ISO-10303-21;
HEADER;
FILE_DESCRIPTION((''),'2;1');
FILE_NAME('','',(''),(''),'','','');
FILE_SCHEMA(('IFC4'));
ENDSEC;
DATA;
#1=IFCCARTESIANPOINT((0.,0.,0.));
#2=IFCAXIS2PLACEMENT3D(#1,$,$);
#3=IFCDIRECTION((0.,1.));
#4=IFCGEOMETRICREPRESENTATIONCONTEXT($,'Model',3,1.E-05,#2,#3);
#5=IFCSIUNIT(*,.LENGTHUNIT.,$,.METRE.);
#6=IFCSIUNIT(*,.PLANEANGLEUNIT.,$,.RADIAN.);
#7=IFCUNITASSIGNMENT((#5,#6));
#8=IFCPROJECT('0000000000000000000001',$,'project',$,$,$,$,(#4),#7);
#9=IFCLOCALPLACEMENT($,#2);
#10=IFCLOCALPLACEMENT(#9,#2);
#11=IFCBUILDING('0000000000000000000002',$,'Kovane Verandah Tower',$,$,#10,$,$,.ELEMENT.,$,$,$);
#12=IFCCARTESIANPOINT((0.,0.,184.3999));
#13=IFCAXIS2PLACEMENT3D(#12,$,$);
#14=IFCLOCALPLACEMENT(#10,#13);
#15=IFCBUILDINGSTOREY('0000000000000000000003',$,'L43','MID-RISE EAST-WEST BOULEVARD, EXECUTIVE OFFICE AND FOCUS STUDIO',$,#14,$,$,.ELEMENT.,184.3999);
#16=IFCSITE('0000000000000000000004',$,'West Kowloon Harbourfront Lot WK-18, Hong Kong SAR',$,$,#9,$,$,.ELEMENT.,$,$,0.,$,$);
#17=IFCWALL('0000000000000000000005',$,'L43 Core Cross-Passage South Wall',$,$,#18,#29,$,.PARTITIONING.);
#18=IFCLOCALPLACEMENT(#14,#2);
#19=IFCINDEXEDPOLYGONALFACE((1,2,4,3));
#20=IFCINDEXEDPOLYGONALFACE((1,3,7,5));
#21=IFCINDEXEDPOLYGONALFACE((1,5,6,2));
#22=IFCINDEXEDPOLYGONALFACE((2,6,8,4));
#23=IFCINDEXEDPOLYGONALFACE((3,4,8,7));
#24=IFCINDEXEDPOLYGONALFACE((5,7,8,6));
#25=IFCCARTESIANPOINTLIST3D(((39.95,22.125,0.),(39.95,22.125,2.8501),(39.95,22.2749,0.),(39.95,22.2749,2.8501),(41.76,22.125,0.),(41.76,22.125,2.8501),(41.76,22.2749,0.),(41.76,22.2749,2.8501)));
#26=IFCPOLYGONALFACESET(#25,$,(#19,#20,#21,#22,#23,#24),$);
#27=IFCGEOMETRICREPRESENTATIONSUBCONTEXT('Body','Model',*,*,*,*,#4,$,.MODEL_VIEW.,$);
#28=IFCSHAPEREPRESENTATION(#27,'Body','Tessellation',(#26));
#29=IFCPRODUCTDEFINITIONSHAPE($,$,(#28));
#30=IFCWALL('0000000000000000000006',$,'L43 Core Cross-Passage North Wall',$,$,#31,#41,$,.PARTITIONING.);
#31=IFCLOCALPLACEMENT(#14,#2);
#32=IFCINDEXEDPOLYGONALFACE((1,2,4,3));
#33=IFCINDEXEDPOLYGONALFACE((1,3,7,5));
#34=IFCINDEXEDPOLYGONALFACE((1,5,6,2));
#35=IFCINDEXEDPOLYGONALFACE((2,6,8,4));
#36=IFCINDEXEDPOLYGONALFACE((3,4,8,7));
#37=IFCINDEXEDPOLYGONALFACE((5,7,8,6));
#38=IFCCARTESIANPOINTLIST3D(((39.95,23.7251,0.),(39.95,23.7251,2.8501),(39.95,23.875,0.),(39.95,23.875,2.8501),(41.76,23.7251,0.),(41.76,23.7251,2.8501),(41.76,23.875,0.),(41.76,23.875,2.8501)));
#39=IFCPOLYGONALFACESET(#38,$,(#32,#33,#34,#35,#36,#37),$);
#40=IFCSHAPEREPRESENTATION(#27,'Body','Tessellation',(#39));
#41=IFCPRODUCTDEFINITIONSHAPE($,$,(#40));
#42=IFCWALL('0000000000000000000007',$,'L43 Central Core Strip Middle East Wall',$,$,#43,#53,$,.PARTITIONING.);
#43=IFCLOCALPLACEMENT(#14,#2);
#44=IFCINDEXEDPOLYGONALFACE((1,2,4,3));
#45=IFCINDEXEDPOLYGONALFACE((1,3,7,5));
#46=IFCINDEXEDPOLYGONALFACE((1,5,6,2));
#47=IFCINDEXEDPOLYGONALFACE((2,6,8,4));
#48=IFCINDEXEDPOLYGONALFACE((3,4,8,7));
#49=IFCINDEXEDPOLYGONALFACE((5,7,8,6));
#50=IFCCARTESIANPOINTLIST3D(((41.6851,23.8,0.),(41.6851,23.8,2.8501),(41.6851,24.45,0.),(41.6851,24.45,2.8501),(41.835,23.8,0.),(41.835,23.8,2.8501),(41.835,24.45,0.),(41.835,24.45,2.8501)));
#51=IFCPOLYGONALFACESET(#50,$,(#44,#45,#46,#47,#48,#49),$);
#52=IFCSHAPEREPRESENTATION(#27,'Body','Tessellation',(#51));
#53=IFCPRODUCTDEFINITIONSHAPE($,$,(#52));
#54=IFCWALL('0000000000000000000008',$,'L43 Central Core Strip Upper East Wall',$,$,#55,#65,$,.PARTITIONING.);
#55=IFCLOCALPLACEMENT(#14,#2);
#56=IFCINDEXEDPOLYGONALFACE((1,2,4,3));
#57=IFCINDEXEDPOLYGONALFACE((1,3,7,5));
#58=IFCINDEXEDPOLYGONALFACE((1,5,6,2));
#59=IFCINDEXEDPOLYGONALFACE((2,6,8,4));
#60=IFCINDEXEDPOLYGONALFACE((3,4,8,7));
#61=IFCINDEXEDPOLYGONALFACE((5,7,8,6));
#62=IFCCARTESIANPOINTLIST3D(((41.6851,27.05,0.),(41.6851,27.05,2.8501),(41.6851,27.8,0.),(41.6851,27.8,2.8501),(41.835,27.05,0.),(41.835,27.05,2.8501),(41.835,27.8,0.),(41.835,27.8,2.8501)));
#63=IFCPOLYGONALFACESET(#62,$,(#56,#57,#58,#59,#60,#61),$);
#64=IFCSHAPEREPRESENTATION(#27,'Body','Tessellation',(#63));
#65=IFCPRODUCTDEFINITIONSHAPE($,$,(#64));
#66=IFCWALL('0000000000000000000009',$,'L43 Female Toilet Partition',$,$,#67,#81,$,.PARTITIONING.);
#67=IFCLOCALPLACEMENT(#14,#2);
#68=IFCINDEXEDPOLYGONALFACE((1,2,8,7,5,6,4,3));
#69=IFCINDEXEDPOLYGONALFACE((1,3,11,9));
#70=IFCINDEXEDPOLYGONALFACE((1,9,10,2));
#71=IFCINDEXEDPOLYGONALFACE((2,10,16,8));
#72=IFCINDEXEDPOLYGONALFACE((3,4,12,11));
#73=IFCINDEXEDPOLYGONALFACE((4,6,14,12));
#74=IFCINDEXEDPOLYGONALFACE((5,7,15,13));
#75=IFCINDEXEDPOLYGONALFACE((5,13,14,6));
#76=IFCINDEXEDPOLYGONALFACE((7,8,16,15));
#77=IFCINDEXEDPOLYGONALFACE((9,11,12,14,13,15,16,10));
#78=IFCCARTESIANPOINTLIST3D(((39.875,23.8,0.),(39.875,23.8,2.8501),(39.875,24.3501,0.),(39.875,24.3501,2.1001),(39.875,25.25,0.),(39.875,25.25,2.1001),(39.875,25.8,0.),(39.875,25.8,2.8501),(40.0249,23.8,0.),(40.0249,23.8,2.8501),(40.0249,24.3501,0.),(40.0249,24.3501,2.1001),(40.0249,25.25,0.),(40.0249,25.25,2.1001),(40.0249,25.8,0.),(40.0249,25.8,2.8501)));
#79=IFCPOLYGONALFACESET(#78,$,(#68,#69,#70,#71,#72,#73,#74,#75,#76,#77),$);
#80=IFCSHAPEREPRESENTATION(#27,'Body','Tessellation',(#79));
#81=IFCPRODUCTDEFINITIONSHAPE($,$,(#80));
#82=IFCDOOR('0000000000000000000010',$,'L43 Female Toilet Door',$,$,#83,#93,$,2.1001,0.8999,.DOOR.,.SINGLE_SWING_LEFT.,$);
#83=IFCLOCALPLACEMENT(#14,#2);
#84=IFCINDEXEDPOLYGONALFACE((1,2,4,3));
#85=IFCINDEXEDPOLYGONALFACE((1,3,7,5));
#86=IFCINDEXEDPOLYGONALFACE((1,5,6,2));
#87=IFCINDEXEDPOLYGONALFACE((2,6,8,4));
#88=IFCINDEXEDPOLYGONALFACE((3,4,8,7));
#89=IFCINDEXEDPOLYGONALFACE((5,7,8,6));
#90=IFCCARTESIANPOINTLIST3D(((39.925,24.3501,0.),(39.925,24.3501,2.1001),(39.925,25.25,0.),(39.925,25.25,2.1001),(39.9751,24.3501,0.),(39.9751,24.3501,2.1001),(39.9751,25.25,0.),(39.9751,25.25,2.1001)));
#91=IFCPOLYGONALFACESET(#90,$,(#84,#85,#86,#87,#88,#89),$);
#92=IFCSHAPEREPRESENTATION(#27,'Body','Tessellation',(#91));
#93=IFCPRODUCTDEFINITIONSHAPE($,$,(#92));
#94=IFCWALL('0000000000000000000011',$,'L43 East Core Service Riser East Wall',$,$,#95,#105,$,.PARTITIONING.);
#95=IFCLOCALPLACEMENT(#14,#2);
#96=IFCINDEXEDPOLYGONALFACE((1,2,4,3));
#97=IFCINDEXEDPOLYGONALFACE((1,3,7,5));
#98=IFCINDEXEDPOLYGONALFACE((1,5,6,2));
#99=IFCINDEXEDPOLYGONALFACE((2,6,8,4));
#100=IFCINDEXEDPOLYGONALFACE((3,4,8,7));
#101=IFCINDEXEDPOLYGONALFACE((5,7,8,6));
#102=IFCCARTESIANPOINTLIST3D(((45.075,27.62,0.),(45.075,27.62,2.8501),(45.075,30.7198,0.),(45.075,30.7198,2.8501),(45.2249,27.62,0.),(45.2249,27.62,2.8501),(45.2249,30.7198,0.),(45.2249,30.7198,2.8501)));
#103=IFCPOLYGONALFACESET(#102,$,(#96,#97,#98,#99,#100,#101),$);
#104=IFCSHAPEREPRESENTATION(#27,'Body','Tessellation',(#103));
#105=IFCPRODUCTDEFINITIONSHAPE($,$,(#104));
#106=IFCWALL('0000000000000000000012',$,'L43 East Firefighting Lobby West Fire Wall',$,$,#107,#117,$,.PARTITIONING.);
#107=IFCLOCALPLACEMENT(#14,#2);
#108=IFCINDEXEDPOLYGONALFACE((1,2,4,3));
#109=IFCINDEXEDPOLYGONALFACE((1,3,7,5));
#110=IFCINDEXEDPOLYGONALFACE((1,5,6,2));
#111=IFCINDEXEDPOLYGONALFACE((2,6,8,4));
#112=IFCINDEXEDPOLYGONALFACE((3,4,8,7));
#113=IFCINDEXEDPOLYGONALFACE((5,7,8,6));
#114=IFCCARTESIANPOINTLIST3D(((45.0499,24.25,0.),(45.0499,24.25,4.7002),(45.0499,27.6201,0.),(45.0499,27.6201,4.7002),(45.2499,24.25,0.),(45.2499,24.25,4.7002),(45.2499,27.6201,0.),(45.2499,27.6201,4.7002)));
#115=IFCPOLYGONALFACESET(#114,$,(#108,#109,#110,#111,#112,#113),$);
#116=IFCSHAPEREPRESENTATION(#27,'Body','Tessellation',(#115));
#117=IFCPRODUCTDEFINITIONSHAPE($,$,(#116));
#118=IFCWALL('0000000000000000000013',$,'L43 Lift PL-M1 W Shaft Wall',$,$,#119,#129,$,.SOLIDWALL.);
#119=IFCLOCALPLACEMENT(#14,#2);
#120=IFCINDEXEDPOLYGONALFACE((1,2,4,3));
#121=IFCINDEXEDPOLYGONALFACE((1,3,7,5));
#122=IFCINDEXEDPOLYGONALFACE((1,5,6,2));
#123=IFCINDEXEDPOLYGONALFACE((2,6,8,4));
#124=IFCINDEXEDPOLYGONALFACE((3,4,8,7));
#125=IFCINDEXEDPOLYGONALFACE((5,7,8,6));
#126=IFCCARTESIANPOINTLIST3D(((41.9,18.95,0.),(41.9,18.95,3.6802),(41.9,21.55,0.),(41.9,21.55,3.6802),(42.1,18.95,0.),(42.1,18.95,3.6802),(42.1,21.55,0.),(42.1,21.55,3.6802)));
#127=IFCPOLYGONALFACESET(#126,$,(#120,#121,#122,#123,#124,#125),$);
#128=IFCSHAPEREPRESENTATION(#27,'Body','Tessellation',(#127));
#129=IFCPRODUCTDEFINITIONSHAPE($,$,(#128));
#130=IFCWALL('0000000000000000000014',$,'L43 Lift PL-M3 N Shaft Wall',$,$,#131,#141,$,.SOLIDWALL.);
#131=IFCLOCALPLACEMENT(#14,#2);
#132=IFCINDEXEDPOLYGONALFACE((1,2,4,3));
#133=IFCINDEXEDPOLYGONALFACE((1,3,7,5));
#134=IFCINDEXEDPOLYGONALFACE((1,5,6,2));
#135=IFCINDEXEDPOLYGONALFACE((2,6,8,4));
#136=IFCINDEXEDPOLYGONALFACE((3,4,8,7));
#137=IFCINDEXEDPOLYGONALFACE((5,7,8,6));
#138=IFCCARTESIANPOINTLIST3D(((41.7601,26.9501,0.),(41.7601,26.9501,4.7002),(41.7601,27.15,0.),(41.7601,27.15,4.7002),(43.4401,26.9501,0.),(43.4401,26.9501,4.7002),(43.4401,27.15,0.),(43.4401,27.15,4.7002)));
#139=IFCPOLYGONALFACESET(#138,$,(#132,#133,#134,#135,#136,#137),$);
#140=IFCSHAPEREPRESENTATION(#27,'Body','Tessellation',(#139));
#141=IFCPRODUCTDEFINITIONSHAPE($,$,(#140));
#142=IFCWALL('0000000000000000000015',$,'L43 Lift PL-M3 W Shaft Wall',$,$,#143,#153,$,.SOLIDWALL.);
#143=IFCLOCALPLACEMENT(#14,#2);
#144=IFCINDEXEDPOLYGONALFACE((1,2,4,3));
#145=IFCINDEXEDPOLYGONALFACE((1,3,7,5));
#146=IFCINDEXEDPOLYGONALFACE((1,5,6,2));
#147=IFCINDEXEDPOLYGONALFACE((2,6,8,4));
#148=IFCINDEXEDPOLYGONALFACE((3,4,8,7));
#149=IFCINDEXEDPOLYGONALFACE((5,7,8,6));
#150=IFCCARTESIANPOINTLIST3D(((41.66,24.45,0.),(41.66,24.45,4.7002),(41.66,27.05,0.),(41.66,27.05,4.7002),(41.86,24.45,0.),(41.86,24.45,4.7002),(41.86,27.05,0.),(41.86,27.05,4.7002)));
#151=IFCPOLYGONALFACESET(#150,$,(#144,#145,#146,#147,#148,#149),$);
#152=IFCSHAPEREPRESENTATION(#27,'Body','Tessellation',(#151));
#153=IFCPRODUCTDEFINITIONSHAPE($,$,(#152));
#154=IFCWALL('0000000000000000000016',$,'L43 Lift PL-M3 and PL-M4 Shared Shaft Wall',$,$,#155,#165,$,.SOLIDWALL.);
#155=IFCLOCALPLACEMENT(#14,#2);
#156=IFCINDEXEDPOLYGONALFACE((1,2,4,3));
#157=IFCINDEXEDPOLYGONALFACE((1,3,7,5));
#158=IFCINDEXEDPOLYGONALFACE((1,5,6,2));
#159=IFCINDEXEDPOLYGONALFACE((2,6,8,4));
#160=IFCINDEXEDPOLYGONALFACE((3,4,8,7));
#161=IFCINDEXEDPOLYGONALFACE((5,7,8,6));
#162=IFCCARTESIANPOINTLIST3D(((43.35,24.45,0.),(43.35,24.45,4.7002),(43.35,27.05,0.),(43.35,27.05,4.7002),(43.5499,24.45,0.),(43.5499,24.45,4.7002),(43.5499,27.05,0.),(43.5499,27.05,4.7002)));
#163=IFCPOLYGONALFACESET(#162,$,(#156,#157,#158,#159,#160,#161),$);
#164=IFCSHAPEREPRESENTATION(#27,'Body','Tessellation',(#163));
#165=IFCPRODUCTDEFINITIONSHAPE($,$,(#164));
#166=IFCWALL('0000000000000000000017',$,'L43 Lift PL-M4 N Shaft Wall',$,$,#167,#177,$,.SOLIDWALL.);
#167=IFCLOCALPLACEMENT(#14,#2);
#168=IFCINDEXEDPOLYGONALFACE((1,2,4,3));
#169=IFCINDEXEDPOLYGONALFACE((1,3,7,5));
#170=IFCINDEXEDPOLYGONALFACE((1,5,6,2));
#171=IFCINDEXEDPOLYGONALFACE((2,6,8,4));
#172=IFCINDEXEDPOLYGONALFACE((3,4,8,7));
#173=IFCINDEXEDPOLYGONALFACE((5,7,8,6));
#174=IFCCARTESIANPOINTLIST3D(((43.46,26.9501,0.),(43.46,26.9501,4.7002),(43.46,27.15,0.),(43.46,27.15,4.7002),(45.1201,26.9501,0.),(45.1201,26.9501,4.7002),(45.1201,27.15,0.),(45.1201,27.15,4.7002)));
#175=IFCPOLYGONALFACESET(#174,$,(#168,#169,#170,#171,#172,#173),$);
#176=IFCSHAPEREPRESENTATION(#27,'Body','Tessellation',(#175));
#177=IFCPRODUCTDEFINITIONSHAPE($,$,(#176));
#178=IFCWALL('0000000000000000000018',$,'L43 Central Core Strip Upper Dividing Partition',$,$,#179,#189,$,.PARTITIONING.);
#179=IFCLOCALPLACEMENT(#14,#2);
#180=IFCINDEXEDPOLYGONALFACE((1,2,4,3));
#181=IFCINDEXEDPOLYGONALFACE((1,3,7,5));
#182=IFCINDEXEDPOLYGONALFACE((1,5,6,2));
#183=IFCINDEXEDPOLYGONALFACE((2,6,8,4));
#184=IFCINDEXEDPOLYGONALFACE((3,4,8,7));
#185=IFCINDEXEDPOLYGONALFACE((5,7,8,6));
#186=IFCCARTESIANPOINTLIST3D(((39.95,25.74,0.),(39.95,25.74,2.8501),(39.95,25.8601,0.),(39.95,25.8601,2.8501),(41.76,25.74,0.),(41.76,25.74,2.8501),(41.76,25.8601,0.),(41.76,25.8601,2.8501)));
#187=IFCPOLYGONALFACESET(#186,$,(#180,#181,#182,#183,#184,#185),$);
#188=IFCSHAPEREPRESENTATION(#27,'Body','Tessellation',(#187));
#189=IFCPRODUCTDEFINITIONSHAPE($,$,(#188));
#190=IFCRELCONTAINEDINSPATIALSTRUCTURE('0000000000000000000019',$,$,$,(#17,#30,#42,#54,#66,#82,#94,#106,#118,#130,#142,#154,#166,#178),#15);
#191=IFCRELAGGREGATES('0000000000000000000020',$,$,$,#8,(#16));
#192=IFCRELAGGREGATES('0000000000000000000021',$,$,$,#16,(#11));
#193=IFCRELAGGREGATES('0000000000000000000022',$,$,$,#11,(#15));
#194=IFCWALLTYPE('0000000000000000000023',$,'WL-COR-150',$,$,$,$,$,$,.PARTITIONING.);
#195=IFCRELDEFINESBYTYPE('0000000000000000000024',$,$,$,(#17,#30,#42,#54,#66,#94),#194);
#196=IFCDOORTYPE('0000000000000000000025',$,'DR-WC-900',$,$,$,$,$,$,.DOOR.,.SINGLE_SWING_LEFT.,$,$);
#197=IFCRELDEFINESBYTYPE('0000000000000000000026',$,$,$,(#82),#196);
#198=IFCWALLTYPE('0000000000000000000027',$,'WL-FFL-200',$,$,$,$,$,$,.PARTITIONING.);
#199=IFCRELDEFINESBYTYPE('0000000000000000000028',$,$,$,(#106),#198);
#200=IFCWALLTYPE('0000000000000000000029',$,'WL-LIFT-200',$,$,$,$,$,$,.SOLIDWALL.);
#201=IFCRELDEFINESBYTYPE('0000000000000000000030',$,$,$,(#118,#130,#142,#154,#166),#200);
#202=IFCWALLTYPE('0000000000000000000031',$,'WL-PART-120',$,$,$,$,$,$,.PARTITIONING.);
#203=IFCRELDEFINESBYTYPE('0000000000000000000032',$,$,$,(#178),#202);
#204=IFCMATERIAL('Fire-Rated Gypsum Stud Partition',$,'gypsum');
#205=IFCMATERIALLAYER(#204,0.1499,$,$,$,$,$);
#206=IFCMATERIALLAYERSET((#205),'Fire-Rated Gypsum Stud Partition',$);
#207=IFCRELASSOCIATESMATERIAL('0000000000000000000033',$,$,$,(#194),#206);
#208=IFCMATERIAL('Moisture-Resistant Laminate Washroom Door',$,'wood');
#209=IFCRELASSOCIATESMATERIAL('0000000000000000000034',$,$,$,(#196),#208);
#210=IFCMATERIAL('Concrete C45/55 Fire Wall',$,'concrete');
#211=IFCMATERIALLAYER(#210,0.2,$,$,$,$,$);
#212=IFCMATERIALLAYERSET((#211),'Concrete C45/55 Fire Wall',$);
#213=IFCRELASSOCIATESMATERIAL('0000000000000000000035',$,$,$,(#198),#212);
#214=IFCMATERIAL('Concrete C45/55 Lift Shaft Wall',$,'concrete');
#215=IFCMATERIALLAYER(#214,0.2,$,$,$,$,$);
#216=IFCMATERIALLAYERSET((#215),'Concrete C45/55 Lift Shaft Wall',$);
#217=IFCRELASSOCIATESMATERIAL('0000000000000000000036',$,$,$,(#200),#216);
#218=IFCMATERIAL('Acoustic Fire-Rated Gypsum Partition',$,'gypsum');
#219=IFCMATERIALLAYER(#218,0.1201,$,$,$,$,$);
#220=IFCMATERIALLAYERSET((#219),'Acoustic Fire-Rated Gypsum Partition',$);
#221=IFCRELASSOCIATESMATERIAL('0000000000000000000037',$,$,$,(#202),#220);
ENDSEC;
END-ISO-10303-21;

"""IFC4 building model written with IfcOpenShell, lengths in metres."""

from ifc_helpers import new_model, si_unit, direction, frame, frame_2d, origin, place, context, subcontext, project, spatial, rectangle, extrude, material, layer, layer_set, type_object, element, fill, save


model = new_model("IFC4")

# Units and contexts
model_context = context("Model", 3, precision=1e-05, world=origin(), true_north=direction((0.0, 1.0)))
body_context = subcontext(model_context, "Body", "Model", "MODEL_VIEW")
ifc_project = project(units=[si_unit("LENGTHUNIT", "METRE"), si_unit("PLANEANGLEUNIT", "RADIAN")], contexts=[model_context])

# Site, building, storey
site_placement = place(None, origin())
site = spatial("IfcSite", under=ifc_project, at=site_placement, Name="West Kowloon Harbourfront Lot WK-18, Hong Kong SAR", CompositionType="ELEMENT", RefElevation=0.0)
building_placement = place(site_placement, origin())
building = spatial("IfcBuilding", under=site, at=building_placement, Name="Kovane Verandah Tower", CompositionType="ELEMENT")
storey_placement = place(building_placement, frame((0.0, 0.0, 184.3999)))
storey = spatial("IfcBuildingStorey", under=building, at=storey_placement, Name="L43", Description="MID-RISE EAST-WEST BOULEVARD, EXECUTIVE OFFICE AND FOCUS STUDIO", CompositionType="ELEMENT", Elevation=184.3999)

# Walls
ifc_material_1 = material(Name="Fire-Rated Gypsum Stud Partition", Category="gypsum")
ifc_layer_1 = layer(ifc_material_1, 0.1499)
ifc_layer_set_1 = layer_set([ifc_layer_1], Name="Fire-Rated Gypsum Stud Partition")
wall_type_1 = type_object("IfcWallType", Name="WL-COR-150", PredefinedType="PARTITIONING", material=ifc_layer_set_1)
for number, where, z_axis, x_axis, name in (
    (1, (39.95, 22.2, 0.0), (0.0, 0.0, 1.0), (1.0, 0.0, 0.0), "L43 Core Cross-Passage South Wall"),
    (2, (39.95, 23.8, 0.0), (0.0, 0.0, 1.0), (1.0, 0.0, 0.0), "L43 Core Cross-Passage North Wall"),
):
    element("IfcWall", number, at=place(storey_placement, frame(where, z_axis=z_axis, x_axis=x_axis)), inside=storey, type_object=wall_type_1, Name=name, PredefinedType="PARTITIONING", context=body_context, shape_type="SweptSolid", body=[
        extrude(rectangle(XDim=1.8101, YDim=0.1499, at=frame_2d((0.905, 0.0))), origin(), (0.0, 0.0, 1.0), 2.8501),
    ])
wall_1_placement = place(storey_placement, frame((41.76, 23.8, 0.0), z_axis=(0.0, 0.0, 1.0), x_axis=(0.0, 1.0, 0.0)))
element("IfcWall", 3, at=wall_1_placement, inside=storey, type_object=wall_type_1, Name="L43 Central Core Strip Middle East Wall", PredefinedType="PARTITIONING", context=body_context, shape_type="SweptSolid", body=[
    extrude(rectangle(XDim=0.6499, YDim=0.1499, at=frame_2d((0.325, 0.0))), origin(), (0.0, 0.0, 1.0), 2.8501),
])
wall_2_placement = place(storey_placement, frame((41.76, 27.05, 0.0), z_axis=(0.0, 0.0, 1.0), x_axis=(0.0, 1.0, 0.0)))
element("IfcWall", 4, at=wall_2_placement, inside=storey, type_object=wall_type_1, Name="L43 Central Core Strip Upper East Wall", PredefinedType="PARTITIONING", context=body_context, shape_type="SweptSolid", body=[
    extrude(rectangle(XDim=0.75, YDim=0.1499, at=frame_2d((0.375, 0.0))), origin(), (0.0, 0.0, 1.0), 2.8501),
])

# Wall, opening, door
wall_3_placement = place(storey_placement, frame((39.95, 23.8, 0.0), z_axis=(0.0, 0.0, 1.0), x_axis=(0.0, 1.0, 0.0)))
wall_3 = element("IfcWall", 5, at=wall_3_placement, inside=storey, type_object=wall_type_1, Name="L43 Female Toilet Partition", PredefinedType="PARTITIONING", context=body_context, shape_type="SweptSolid", body=[
    extrude(rectangle(XDim=2.0, YDim=0.1499, at=frame_2d((1.0, 0.0))), origin(), (0.0, 0.0, 1.0), 2.8501),
])
opening_1_placement = place(wall_3_placement, frame((0.55, 0.0, 0.0)))
opening_1 = element("IfcOpeningElement", 6, at=opening_1_placement, cuts=wall_3, PredefinedType="OPENING", context=body_context, shape_type="SweptSolid", body=[
    extrude(rectangle(XDim=0.8999, YDim=2.1001, at=frame_2d((0.45, 1.05))), frame((0.0, 0.075, 0.0), z_axis=(0.0, -1.0, 0.0), x_axis=(1.0, 0.0, 0.0)), (0.0, 0.0, 1.0), 0.1499),
])
ifc_material_2 = material(Name="Moisture-Resistant Laminate Washroom Door", Category="wood")
door_type_1 = type_object("IfcDoorType", Name="DR-WC-900", OperationType="SINGLE_SWING_LEFT", PredefinedType="DOOR", material=ifc_material_2)
door_1_placement = place(opening_1_placement, origin())
door_1 = element("IfcDoor", 7, at=door_1_placement, inside=storey, type_object=door_type_1, Name="L43 Female Toilet Door", OperationType="SINGLE_SWING_LEFT", OverallHeight=2.1001, OverallWidth=0.8999, PredefinedType="DOOR", context=body_context, shape_type="SweptSolid", body=[
    extrude(rectangle(XDim=0.8999, YDim=2.1001, at=frame_2d((0.45, 1.05))), frame((0.0, 0.0249, 0.0), z_axis=(0.0, -1.0, 0.0), x_axis=(1.0, 0.0, 0.0)), (0.0, 0.0, 1.0), 0.05),
])
fill(opening_1, door_1)

# Walls
wall_4_placement = place(storey_placement, frame((45.1499, 27.6201, 0.0), z_axis=(0.0, 0.0, 1.0), x_axis=(0.0, 1.0, 0.0)))
element("IfcWall", 8, at=wall_4_placement, inside=storey, type_object=wall_type_1, Name="L43 East Core Service Riser East Wall", PredefinedType="PARTITIONING", context=body_context, shape_type="SweptSolid", body=[
    extrude(rectangle(XDim=3.0999, YDim=0.1499, at=frame_2d((1.5498, 0.0))), origin(), (0.0, 0.0, 1.0), 2.8501),
])
ifc_material_3 = material(Name="Concrete C45/55 Fire Wall", Category="concrete")
ifc_layer_2 = layer(ifc_material_3, 0.2)
ifc_layer_set_2 = layer_set([ifc_layer_2], Name="Concrete C45/55 Fire Wall")
wall_type_2 = type_object("IfcWallType", Name="WL-FFL-200", PredefinedType="PARTITIONING", material=ifc_layer_set_2)
wall_5_placement = place(storey_placement, frame((45.1499, 24.25, 0.0), z_axis=(0.0, 0.0, 1.0), x_axis=(0.0, 1.0, 0.0)))
element("IfcWall", 9, at=wall_5_placement, inside=storey, type_object=wall_type_2, Name="L43 East Firefighting Lobby West Fire Wall", PredefinedType="PARTITIONING", context=body_context, shape_type="SweptSolid", body=[
    extrude(rectangle(XDim=3.3701, YDim=0.2, at=frame_2d((1.6851, 0.0))), origin(), (0.0, 0.0, 1.0), 4.7002),
])

# Shared definitions
ifc_material_4 = material(Name="Concrete C45/55 Lift Shaft Wall", Category="concrete")
ifc_layer_3 = layer(ifc_material_4, 0.2)
ifc_layer_set_3 = layer_set([ifc_layer_3], Name="Concrete C45/55 Lift Shaft Wall")
wall_type_3 = type_object("IfcWallType", Name="WL-LIFT-200", PredefinedType="SOLIDWALL", material=ifc_layer_set_3)

# Wall
wall_6_placement = place(storey_placement, frame((42.0, 21.55, 0.0), z_axis=(0.0, 0.0, 1.0), x_axis=(0.0, -1.0, 0.0)))
element("IfcWall", 10, at=wall_6_placement, inside=storey, type_object=wall_type_3, Name="L43 Lift PL-M1 W Shaft Wall", PredefinedType="SOLIDWALL", context=body_context, shape_type="SweptSolid", body=[
    extrude(rectangle(XDim=2.6001, YDim=0.2, at=frame_2d((1.3, 0.0))), origin(), (0.0, 0.0, 1.0), 3.6802),
])

# Walls
wall_7_placement = place(storey_placement, frame((43.4399, 27.05, 0.0), z_axis=(0.0, 0.0, 1.0), x_axis=(-1.0, 0.0, 0.0)))
element("IfcWall", 11, at=wall_7_placement, inside=storey, type_object=wall_type_3, Name="L43 Lift PL-M3 N Shaft Wall", PredefinedType="SOLIDWALL", context=body_context, shape_type="SweptSolid", body=[
    extrude(rectangle(XDim=1.6799, YDim=0.2, at=frame_2d((0.8398, 0.0))), origin(), (0.0, 0.0, 1.0), 4.7002),
])
for number, where, z_axis, x_axis, name in (
    (12, (41.76, 27.05, 0.0), (0.0, 0.0, 1.0), (0.0, -1.0, 0.0), "L43 Lift PL-M3 W Shaft Wall"),
    (13, (43.45, 24.45, 0.0), (0.0, 0.0, 1.0), (0.0, 1.0, 0.0), "L43 Lift PL-M3 and PL-M4 Shared Shaft Wall"),
):
    element("IfcWall", number, at=place(storey_placement, frame(where, z_axis=z_axis, x_axis=x_axis)), inside=storey, type_object=wall_type_3, Name=name, PredefinedType="SOLIDWALL", context=body_context, shape_type="SweptSolid", body=[
        extrude(rectangle(XDim=2.6001, YDim=0.2, at=frame_2d((1.3, 0.0))), origin(), (0.0, 0.0, 1.0), 4.7002),
    ])

# Walls
wall_8_placement = place(storey_placement, frame((45.1201, 27.05, 0.0), z_axis=(0.0, 0.0, 1.0), x_axis=(-1.0, 0.0, 0.0)))
element("IfcWall", 14, at=wall_8_placement, inside=storey, type_object=wall_type_3, Name="L43 Lift PL-M4 N Shaft Wall", PredefinedType="SOLIDWALL", context=body_context, shape_type="SweptSolid", body=[
    extrude(rectangle(XDim=1.6602, YDim=0.2, at=frame_2d((0.8301, 0.0))), origin(), (0.0, 0.0, 1.0), 4.7002),
])
ifc_material_5 = material(Name="Acoustic Fire-Rated Gypsum Partition", Category="gypsum")
ifc_layer_4 = layer(ifc_material_5, 0.1201)
ifc_layer_set_4 = layer_set([ifc_layer_4], Name="Acoustic Fire-Rated Gypsum Partition")
wall_type_4 = type_object("IfcWallType", Name="WL-PART-120", PredefinedType="PARTITIONING", material=ifc_layer_set_4)
wall_9_placement = place(storey_placement, frame((39.95, 25.8, 0.0), z_axis=(0.0, 0.0, 1.0), x_axis=(1.0, 0.0, 0.0)))
element("IfcWall", 15, at=wall_9_placement, inside=storey, type_object=wall_type_4, Name="L43 Central Core Strip Upper Dividing Partition", PredefinedType="PARTITIONING", context=body_context, shape_type="SweptSolid", body=[
    extrude(rectangle(XDim=1.8101, YDim=0.1201, at=frame_2d((0.905, 0.0))), origin(), (0.0, 0.0, 1.0), 2.8501),
])

save(model, "model.ifc")
